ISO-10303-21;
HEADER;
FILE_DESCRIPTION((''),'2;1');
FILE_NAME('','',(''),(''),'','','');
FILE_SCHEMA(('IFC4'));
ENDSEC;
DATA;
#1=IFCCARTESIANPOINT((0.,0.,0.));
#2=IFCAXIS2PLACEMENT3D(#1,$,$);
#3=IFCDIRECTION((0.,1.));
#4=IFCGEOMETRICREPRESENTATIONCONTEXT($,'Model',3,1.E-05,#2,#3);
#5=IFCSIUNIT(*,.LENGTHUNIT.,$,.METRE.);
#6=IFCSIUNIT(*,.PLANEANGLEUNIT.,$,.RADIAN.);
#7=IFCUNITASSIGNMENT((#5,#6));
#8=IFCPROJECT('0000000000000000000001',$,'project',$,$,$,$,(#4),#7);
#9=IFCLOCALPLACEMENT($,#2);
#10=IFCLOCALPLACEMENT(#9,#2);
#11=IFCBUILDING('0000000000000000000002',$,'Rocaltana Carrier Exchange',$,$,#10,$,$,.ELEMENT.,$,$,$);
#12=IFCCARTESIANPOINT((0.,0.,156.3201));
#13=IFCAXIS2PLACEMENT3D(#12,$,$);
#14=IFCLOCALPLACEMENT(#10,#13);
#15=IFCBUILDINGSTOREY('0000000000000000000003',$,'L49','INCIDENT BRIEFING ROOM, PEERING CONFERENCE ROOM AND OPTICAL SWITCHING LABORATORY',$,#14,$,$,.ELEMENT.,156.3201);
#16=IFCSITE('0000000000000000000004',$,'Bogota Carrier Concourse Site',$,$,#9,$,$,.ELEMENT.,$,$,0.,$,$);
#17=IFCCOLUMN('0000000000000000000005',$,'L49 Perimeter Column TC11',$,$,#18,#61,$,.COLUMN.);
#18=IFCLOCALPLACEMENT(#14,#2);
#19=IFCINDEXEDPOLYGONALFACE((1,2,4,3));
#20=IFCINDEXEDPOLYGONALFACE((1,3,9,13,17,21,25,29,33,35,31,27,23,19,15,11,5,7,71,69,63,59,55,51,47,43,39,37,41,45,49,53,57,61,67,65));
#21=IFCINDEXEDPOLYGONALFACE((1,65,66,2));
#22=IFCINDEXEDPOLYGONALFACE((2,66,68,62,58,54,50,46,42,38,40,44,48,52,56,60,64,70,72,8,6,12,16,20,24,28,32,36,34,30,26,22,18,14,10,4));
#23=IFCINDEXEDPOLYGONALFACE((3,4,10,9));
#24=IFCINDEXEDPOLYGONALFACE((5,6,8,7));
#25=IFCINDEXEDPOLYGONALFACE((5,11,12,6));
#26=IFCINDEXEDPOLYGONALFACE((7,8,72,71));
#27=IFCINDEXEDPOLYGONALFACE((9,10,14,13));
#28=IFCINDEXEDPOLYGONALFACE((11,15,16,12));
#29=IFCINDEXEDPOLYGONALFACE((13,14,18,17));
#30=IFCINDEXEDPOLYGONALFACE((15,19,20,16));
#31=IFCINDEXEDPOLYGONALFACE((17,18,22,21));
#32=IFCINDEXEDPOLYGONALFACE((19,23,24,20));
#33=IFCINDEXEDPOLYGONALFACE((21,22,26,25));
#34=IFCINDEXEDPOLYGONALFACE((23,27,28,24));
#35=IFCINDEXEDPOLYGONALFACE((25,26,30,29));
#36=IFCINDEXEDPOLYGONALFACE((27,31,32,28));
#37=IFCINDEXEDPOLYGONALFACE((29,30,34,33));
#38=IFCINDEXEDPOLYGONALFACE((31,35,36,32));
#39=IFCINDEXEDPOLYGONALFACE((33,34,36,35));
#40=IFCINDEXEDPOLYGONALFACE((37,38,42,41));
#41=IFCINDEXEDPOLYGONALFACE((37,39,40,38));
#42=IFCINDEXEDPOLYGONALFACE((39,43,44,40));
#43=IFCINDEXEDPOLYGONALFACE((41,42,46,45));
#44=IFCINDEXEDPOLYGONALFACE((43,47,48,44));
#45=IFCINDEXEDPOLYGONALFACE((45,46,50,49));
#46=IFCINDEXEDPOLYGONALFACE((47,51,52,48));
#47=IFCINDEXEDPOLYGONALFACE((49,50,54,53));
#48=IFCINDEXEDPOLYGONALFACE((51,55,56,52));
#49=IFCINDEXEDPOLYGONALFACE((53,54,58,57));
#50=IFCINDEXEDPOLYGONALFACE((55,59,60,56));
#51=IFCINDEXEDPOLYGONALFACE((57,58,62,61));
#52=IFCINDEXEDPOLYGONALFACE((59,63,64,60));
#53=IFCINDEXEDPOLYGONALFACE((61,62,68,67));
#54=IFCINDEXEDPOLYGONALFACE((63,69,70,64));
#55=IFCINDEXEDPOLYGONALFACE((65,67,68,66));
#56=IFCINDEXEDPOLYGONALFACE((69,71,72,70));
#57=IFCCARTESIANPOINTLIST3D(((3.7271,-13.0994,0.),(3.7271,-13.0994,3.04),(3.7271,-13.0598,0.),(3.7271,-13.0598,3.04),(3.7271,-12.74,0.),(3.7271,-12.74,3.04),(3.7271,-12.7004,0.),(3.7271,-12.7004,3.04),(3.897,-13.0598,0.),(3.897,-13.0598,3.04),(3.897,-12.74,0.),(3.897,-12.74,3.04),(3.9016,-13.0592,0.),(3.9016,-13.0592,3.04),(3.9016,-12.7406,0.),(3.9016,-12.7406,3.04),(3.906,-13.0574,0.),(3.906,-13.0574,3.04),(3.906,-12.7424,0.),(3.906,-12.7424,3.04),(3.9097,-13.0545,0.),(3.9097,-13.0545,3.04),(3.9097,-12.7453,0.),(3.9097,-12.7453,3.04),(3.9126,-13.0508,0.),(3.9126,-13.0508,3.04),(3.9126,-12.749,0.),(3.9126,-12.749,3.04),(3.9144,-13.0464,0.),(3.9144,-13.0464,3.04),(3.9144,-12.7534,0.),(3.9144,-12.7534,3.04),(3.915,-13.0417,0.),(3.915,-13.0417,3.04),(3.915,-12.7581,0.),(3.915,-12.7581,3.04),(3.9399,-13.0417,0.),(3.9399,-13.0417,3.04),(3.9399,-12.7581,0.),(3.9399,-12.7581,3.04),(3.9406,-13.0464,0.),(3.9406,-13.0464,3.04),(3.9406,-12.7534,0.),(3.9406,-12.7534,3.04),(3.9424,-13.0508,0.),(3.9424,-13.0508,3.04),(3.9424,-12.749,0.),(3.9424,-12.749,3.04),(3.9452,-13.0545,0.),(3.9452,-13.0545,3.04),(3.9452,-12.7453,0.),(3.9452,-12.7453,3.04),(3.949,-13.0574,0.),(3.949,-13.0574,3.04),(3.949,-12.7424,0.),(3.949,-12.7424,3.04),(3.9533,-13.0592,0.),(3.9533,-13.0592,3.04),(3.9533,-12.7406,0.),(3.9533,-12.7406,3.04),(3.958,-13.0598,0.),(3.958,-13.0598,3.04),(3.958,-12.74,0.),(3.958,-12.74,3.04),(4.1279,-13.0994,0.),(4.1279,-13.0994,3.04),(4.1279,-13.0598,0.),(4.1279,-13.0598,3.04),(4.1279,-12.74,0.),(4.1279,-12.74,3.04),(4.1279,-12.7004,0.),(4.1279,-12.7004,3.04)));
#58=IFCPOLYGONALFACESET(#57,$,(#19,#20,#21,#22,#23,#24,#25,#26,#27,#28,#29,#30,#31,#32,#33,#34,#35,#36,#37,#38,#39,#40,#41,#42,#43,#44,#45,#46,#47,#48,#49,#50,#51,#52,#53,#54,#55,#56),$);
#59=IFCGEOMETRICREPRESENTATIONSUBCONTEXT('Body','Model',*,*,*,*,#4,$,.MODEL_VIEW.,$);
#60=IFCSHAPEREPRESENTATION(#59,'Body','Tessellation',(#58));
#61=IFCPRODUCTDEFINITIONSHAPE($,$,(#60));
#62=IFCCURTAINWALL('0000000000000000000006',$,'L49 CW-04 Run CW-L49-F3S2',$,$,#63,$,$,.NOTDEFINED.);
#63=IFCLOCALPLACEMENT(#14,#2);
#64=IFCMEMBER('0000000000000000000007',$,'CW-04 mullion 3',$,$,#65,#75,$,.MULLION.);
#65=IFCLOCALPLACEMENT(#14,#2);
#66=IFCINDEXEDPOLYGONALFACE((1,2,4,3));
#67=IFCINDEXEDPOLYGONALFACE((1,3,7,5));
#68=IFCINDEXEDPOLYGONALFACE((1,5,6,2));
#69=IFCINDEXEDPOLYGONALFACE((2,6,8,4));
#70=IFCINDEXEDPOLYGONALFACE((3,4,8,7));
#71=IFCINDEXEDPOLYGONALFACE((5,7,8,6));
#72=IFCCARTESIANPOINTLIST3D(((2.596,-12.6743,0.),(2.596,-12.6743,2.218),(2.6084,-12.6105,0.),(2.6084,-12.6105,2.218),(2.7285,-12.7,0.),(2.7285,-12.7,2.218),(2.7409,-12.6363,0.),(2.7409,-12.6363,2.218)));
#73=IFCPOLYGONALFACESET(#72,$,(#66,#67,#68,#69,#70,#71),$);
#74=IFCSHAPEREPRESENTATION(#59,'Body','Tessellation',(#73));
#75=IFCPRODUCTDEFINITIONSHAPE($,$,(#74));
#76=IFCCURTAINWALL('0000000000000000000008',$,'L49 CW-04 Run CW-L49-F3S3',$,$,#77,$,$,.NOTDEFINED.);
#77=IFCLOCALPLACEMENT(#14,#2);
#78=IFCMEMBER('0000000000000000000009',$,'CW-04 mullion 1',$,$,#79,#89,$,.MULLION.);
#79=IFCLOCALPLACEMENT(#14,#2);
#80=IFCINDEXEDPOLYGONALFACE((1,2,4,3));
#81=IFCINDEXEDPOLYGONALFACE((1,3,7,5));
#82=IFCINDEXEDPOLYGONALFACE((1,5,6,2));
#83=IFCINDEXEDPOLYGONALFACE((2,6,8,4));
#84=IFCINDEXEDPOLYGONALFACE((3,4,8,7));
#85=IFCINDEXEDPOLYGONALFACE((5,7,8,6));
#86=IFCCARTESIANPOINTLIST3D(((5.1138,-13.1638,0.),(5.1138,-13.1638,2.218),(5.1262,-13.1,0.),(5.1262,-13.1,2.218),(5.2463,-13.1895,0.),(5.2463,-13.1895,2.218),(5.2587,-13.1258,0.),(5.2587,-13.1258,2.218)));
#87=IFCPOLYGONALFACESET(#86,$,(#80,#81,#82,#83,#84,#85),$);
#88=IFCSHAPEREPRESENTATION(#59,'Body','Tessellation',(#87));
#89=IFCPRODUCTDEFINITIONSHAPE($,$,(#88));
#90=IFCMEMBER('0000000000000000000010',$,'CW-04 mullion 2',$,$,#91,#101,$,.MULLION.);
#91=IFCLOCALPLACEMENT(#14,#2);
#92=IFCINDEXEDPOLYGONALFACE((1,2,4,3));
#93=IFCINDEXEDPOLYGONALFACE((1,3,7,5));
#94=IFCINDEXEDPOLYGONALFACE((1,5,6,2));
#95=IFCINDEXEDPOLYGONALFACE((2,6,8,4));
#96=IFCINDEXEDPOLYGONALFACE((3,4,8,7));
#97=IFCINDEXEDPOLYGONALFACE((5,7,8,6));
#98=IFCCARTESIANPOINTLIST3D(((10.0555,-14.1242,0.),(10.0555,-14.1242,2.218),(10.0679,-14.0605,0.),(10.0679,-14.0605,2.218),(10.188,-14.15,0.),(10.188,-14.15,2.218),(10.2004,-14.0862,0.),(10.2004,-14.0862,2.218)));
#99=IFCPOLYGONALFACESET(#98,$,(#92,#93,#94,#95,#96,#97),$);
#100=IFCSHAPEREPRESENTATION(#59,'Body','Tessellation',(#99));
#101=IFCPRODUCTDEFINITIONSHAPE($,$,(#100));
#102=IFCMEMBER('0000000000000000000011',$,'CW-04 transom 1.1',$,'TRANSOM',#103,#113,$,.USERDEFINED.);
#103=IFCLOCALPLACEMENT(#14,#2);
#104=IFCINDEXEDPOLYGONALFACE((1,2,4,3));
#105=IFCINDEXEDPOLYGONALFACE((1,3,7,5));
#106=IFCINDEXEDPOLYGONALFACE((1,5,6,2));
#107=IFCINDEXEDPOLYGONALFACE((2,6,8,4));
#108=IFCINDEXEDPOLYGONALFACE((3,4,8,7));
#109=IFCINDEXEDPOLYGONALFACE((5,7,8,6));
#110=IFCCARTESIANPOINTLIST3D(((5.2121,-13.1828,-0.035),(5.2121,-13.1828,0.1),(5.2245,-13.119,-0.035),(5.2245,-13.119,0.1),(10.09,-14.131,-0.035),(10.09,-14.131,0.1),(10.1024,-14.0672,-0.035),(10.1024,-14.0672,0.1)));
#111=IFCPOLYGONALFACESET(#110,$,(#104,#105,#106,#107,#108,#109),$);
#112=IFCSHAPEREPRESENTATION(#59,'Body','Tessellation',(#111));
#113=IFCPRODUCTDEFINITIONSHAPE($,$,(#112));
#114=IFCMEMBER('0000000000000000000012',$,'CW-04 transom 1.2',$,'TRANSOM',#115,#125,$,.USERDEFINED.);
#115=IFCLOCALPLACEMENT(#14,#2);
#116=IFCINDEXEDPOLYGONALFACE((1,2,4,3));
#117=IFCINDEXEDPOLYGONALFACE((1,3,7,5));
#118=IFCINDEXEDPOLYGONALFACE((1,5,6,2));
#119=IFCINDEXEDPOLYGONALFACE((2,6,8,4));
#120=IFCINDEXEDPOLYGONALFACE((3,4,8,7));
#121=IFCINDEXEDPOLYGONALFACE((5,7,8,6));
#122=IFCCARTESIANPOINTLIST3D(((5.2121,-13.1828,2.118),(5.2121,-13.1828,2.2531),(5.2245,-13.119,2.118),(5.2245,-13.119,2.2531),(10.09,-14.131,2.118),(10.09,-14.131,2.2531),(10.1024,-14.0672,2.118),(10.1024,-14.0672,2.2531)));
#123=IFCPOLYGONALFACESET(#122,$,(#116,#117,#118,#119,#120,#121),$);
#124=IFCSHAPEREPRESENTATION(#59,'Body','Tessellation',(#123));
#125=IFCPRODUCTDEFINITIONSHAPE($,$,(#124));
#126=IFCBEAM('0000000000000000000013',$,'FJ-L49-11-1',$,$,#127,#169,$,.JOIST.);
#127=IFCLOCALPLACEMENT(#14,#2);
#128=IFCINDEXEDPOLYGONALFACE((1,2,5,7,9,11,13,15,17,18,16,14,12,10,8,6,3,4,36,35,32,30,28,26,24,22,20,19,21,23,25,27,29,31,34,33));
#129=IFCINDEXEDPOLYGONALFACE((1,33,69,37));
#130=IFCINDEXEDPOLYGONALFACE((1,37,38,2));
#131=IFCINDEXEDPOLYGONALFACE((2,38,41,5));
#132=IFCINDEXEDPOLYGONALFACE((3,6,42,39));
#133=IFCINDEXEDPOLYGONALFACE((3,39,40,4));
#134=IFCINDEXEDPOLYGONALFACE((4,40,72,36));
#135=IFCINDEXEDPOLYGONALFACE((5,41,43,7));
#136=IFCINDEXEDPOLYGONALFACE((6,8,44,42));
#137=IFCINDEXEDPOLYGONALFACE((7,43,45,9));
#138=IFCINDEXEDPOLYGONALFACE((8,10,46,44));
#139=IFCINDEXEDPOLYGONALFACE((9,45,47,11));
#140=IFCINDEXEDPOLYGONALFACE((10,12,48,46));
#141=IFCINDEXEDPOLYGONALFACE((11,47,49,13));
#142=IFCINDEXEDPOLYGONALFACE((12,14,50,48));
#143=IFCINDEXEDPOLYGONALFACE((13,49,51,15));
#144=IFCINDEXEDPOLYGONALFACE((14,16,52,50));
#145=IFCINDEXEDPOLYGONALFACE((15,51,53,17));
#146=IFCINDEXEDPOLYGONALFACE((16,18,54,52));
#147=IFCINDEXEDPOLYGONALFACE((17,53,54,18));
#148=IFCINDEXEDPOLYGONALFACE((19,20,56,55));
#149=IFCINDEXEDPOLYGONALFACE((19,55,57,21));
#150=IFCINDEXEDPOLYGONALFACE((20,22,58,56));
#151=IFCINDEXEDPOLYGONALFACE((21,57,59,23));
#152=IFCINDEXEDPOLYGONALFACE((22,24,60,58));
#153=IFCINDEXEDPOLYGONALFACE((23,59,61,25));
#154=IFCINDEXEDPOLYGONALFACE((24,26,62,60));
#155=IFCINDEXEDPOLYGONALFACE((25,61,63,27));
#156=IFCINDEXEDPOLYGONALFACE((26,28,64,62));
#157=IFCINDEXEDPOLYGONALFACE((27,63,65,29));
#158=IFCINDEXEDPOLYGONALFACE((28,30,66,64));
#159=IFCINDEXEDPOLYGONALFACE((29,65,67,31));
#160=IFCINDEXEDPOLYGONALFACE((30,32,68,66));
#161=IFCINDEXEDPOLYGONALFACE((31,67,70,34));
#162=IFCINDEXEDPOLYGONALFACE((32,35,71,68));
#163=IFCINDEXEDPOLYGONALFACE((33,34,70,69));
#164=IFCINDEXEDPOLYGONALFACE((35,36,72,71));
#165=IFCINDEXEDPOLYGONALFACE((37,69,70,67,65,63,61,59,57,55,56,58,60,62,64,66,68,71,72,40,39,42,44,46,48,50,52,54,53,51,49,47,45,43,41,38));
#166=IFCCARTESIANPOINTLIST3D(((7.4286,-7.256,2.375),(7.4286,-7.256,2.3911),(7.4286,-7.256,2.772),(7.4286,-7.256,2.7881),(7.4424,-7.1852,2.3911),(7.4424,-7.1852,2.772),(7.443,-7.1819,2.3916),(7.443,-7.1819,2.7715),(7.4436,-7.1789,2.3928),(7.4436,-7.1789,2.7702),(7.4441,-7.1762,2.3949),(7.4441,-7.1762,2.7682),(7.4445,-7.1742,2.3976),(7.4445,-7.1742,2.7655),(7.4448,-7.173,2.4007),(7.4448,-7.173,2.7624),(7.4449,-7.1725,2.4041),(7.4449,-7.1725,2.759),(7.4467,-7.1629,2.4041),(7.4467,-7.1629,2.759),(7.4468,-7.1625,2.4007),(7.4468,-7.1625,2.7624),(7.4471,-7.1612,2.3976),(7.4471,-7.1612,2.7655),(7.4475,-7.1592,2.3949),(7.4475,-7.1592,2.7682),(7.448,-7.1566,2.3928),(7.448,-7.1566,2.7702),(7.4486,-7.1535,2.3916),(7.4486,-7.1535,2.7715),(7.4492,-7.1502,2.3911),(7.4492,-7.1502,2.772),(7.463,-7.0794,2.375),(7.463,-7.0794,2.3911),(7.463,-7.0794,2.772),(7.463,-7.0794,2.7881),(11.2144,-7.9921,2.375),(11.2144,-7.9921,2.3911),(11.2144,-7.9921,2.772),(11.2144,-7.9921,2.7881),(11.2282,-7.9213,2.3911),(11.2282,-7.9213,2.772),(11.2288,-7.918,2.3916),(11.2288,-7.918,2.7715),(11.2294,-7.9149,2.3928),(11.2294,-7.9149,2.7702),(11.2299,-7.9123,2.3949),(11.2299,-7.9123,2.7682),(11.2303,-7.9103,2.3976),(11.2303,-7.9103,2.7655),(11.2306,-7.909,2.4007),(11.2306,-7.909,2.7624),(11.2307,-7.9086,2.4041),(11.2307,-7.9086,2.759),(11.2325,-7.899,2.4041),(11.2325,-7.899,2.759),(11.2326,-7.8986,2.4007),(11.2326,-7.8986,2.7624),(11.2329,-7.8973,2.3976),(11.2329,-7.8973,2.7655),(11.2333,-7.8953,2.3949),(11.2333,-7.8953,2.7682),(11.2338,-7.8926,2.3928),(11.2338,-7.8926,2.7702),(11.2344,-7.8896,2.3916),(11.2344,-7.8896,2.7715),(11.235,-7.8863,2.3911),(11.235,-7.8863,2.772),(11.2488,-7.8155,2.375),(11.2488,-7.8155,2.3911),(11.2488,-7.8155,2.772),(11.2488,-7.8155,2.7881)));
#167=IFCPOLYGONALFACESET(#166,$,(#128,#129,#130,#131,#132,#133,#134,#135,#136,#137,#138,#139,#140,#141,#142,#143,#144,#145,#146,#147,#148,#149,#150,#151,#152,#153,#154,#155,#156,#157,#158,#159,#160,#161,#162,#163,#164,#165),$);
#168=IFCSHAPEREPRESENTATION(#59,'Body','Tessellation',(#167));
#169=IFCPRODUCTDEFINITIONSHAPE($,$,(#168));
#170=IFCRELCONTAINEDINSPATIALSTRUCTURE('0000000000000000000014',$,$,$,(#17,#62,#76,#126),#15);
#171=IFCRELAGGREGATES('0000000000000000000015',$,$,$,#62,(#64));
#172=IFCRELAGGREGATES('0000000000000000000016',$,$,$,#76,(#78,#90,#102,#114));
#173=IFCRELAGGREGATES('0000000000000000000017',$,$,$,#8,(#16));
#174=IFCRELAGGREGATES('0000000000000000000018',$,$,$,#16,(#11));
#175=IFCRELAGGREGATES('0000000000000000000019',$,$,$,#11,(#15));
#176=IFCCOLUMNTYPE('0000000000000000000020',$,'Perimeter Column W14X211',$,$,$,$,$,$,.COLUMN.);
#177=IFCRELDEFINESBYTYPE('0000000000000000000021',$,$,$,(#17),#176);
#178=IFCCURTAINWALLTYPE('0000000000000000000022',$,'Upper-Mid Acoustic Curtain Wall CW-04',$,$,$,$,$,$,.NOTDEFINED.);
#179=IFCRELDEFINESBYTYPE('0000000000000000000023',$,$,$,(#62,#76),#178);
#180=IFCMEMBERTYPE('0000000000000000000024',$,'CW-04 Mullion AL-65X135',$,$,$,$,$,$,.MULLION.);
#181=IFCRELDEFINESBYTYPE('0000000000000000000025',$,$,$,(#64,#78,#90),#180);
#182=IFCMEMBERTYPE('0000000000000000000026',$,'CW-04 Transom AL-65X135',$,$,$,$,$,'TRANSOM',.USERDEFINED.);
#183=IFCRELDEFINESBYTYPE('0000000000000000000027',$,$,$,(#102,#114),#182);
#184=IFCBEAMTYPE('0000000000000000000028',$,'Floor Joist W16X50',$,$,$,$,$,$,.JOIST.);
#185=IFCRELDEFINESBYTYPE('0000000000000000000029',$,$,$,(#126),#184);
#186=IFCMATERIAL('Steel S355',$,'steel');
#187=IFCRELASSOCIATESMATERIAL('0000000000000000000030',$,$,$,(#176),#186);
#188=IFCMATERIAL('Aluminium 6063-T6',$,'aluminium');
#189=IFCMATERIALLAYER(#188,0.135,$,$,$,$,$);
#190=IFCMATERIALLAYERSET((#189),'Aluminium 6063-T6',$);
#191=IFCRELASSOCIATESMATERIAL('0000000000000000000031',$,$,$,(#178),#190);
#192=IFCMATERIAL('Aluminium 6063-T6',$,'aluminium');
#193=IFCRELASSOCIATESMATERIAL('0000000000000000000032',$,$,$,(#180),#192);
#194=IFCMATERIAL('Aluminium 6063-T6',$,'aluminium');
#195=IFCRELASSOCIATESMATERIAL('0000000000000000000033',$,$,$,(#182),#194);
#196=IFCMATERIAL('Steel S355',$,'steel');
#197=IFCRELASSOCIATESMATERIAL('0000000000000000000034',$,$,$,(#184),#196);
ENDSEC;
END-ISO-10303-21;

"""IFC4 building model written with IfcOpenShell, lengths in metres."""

from ifc_helpers import new_model, si_unit, direction, frame, origin, origin_2d, place, context, subcontext, project, spatial, rectangle, i_section, extrude, material, layer, layer_set, material_profile, profile_set, type_object, element, aggregate, save


model = new_model("IFC4")

# Units and contexts
model_context = context("Model", 3, precision=1e-05, world=origin(), true_north=direction((0.0, 1.0)))
body_context = subcontext(model_context, "Body", "Model", "MODEL_VIEW")
ifc_project = project(units=[si_unit("LENGTHUNIT", "METRE"), si_unit("PLANEANGLEUNIT", "RADIAN")], contexts=[model_context])

# Site, building, storey
site_placement = place(None, origin())
site = spatial("IfcSite", under=ifc_project, at=site_placement, Name="Bogota Carrier Concourse Site", CompositionType="ELEMENT", RefElevation=0.0)
building_placement = place(site_placement, origin())
building = spatial("IfcBuilding", under=site, at=building_placement, Name="Rocaltana Carrier Exchange", CompositionType="ELEMENT")
storey_placement = place(building_placement, frame((0.0, 0.0, 156.3201)))
storey = spatial("IfcBuildingStorey", under=building, at=storey_placement, Name="L49", Description="INCIDENT BRIEFING ROOM, PEERING CONFERENCE ROOM AND OPTICAL SWITCHING LABORATORY", CompositionType="ELEMENT", Elevation=156.3201)

# Column
ifc_material_1 = material(Name="Steel S355", Category="steel")
ifc_material_profile_1 = material_profile(ifc_material_1, i_section(OverallWidth=0.4009, OverallDepth=0.3989, WebThickness=0.0249, FlangeThickness=0.0396, FilletRadius=0.0181, at=origin_2d()), Name="W14X211")
ifc_profile_set_1 = profile_set([ifc_material_profile_1], Name="Steel S355")
column_type = type_object("IfcColumnType", Name="Perimeter Column W14X211", PredefinedType="COLUMN", material=ifc_profile_set_1)
column_placement = place(storey_placement, frame((3.9275, -12.8999, 0.0), z_axis=(0.0, 0.0, 1.0), x_axis=(1.0, 0.0, 0.0)))
element("IfcColumn", 1, at=column_placement, inside=storey, type_object=column_type, Name="L49 Perimeter Column TC11", PredefinedType="COLUMN", context=body_context, shape_type="SweptSolid", body=[
    extrude(i_section(OverallWidth=0.4009, OverallDepth=0.3989, WebThickness=0.0249, FlangeThickness=0.0396, FilletRadius=0.0181, at=origin_2d()), origin(), (0.0, 0.0, 1.0), 3.04),
])

# Curtain wall, member
ifc_material_2 = material(Name="Aluminium 6063-T6", Category="aluminium")
ifc_layer_1 = layer(ifc_material_2, 0.135)
ifc_layer_set_1 = layer_set([ifc_layer_1], Name="Aluminium 6063-T6")
curtain_wall_type = type_object("IfcCurtainWallType", Name="Upper-Mid Acoustic Curtain Wall CW-04", PredefinedType="NOTDEFINED", material=ifc_layer_set_1)
curtain_wall_1_placement = place(storey_placement, origin())
curtain_wall_1 = element("IfcCurtainWall", 2, at=curtain_wall_1_placement, inside=storey, type_object=curtain_wall_type, Name="L49 CW-04 Run CW-L49-F3S2", PredefinedType="NOTDEFINED")
ifc_material_3 = material(Name="Aluminium 6063-T6", Category="aluminium")
ifc_material_profile_2 = material_profile(ifc_material_3, rectangle(XDim=0.0649, YDim=0.135, at=origin_2d()), Name="AL-65X135")
ifc_profile_set_2 = profile_set([ifc_material_profile_2], Name="Aluminium 6063-T6")
member_type_1 = type_object("IfcMemberType", Name="CW-04 Mullion AL-65X135", PredefinedType="MULLION", material=ifc_profile_set_2)
member_1_placement = place(storey_placement, frame((2.6685, -12.6553, 0.0), z_axis=(0.0, 0.0, 1.0), x_axis=(0.190815, 0.981626, 0.0)))
member_1 = element("IfcMember", 3, at=member_1_placement, type_object=member_type_1, Name="CW-04 mullion 3", PredefinedType="MULLION", context=body_context, shape_type="SweptSolid", body=[
    extrude(rectangle(XDim=0.0649, YDim=0.135, at=origin_2d()), origin(), (0.0, 0.0, 1.0), 2.218),
])

# Curtain wall, members
curtain_wall_2_placement = place(storey_placement, origin())
curtain_wall_2 = element("IfcCurtainWall", 4, at=curtain_wall_2_placement, inside=storey, type_object=curtain_wall_type, Name="L49 CW-04 Run CW-L49-F3S3", PredefinedType="NOTDEFINED")
member_2_placement = place(storey_placement, frame((5.1863, -13.1448, 0.0), z_axis=(0.0, 0.0, 1.0), x_axis=(0.190805, 0.981628, 0.0)))
member_2 = element("IfcMember", 5, at=member_2_placement, type_object=member_type_1, Name="CW-04 mullion 1", PredefinedType="MULLION", context=body_context, shape_type="SweptSolid", body=[
    extrude(rectangle(XDim=0.0649, YDim=0.135, at=origin_2d()), origin(), (0.0, 0.0, 1.0), 2.218),
])
member_3_placement = place(storey_placement, frame((10.1279, -14.1052, 0.0), z_axis=(0.0, 0.0, 1.0), x_axis=(0.190805, 0.981628, 0.0)))
member_3 = element("IfcMember", 6, at=member_3_placement, type_object=member_type_1, Name="CW-04 mullion 2", PredefinedType="MULLION", context=body_context, shape_type="SweptSolid", body=[
    extrude(rectangle(XDim=0.0649, YDim=0.135, at=origin_2d()), origin(), (0.0, 0.0, 1.0), 2.218),
])
ifc_material_4 = material(Name="Aluminium 6063-T6", Category="aluminium")
ifc_material_profile_3 = material_profile(ifc_material_4, rectangle(XDim=0.0649, YDim=0.135, at=origin_2d()), Name="AL-65X135")
ifc_profile_set_3 = profile_set([ifc_material_profile_3], Name="Aluminium 6063-T6")
member_type_2 = type_object("IfcMemberType", Name="CW-04 Transom AL-65X135", ElementType="TRANSOM", PredefinedType="USERDEFINED", material=ifc_profile_set_3)
member_4_placement = place(storey_placement, frame((5.2183, -13.1509, 0.0325), z_axis=(0.981625, -0.190822, 0.0), x_axis=(0.190822, 0.981625, 0.0)))
member_4 = element("IfcMember", 7, at=member_4_placement, type_object=member_type_2, Name="CW-04 transom 1.1", ObjectType="TRANSOM", PredefinedType="USERDEFINED", context=body_context, shape_type="SweptSolid", body=[
    extrude(rectangle(XDim=0.0649, YDim=0.135, at=origin_2d()), origin(), (0.0, 0.0, 1.0), 4.9692),
])
member_5_placement = place(storey_placement, frame((5.2183, -13.1509, 2.1855), z_axis=(0.981625, -0.190822, 0.0), x_axis=(0.190822, 0.981625, 0.0)))
member_5 = element("IfcMember", 8, at=member_5_placement, type_object=member_type_2, Name="CW-04 transom 1.2", ObjectType="TRANSOM", PredefinedType="USERDEFINED", context=body_context, shape_type="SweptSolid", body=[
    extrude(rectangle(XDim=0.0649, YDim=0.135, at=origin_2d()), origin(), (0.0, 0.0, 1.0), 4.9692),
])

# Beam
ifc_material_5 = material(Name="Steel S355", Category="steel")
ifc_material_profile_4 = material_profile(ifc_material_5, i_section(OverallWidth=0.1799, OverallDepth=0.4131, WebThickness=0.0098, FlangeThickness=0.0161, FilletRadius=0.0129, at=origin_2d()), Name="W16X50")
ifc_profile_set_4 = profile_set([ifc_material_profile_4], Name="Steel S355")
beam_type_1 = type_object("IfcBeamType", Name="Floor Joist W16X50", PredefinedType="JOIST", material=ifc_profile_set_4)
beam_1_placement = place(storey_placement, frame((7.4458, -7.1677, 2.5815), z_axis=(0.981618, -0.190854, 0.0), x_axis=(0.190854, 0.981618, 0.0)))
element("IfcBeam", 9, at=beam_1_placement, inside=storey, type_object=beam_type_1, Name="FJ-L49-11-1", PredefinedType="JOIST", context=body_context, shape_type="SweptSolid", body=[
    extrude(i_section(OverallWidth=0.1799, OverallDepth=0.4131, WebThickness=0.0098, FlangeThickness=0.0161, FilletRadius=0.0129, at=origin_2d()), origin(), (0.0, 0.0, 1.0), 3.8567),
])

aggregate(curtain_wall_1, [member_1])
aggregate(curtain_wall_2, [member_2, member_3, member_4, member_5])

save(model, "model.ifc")
